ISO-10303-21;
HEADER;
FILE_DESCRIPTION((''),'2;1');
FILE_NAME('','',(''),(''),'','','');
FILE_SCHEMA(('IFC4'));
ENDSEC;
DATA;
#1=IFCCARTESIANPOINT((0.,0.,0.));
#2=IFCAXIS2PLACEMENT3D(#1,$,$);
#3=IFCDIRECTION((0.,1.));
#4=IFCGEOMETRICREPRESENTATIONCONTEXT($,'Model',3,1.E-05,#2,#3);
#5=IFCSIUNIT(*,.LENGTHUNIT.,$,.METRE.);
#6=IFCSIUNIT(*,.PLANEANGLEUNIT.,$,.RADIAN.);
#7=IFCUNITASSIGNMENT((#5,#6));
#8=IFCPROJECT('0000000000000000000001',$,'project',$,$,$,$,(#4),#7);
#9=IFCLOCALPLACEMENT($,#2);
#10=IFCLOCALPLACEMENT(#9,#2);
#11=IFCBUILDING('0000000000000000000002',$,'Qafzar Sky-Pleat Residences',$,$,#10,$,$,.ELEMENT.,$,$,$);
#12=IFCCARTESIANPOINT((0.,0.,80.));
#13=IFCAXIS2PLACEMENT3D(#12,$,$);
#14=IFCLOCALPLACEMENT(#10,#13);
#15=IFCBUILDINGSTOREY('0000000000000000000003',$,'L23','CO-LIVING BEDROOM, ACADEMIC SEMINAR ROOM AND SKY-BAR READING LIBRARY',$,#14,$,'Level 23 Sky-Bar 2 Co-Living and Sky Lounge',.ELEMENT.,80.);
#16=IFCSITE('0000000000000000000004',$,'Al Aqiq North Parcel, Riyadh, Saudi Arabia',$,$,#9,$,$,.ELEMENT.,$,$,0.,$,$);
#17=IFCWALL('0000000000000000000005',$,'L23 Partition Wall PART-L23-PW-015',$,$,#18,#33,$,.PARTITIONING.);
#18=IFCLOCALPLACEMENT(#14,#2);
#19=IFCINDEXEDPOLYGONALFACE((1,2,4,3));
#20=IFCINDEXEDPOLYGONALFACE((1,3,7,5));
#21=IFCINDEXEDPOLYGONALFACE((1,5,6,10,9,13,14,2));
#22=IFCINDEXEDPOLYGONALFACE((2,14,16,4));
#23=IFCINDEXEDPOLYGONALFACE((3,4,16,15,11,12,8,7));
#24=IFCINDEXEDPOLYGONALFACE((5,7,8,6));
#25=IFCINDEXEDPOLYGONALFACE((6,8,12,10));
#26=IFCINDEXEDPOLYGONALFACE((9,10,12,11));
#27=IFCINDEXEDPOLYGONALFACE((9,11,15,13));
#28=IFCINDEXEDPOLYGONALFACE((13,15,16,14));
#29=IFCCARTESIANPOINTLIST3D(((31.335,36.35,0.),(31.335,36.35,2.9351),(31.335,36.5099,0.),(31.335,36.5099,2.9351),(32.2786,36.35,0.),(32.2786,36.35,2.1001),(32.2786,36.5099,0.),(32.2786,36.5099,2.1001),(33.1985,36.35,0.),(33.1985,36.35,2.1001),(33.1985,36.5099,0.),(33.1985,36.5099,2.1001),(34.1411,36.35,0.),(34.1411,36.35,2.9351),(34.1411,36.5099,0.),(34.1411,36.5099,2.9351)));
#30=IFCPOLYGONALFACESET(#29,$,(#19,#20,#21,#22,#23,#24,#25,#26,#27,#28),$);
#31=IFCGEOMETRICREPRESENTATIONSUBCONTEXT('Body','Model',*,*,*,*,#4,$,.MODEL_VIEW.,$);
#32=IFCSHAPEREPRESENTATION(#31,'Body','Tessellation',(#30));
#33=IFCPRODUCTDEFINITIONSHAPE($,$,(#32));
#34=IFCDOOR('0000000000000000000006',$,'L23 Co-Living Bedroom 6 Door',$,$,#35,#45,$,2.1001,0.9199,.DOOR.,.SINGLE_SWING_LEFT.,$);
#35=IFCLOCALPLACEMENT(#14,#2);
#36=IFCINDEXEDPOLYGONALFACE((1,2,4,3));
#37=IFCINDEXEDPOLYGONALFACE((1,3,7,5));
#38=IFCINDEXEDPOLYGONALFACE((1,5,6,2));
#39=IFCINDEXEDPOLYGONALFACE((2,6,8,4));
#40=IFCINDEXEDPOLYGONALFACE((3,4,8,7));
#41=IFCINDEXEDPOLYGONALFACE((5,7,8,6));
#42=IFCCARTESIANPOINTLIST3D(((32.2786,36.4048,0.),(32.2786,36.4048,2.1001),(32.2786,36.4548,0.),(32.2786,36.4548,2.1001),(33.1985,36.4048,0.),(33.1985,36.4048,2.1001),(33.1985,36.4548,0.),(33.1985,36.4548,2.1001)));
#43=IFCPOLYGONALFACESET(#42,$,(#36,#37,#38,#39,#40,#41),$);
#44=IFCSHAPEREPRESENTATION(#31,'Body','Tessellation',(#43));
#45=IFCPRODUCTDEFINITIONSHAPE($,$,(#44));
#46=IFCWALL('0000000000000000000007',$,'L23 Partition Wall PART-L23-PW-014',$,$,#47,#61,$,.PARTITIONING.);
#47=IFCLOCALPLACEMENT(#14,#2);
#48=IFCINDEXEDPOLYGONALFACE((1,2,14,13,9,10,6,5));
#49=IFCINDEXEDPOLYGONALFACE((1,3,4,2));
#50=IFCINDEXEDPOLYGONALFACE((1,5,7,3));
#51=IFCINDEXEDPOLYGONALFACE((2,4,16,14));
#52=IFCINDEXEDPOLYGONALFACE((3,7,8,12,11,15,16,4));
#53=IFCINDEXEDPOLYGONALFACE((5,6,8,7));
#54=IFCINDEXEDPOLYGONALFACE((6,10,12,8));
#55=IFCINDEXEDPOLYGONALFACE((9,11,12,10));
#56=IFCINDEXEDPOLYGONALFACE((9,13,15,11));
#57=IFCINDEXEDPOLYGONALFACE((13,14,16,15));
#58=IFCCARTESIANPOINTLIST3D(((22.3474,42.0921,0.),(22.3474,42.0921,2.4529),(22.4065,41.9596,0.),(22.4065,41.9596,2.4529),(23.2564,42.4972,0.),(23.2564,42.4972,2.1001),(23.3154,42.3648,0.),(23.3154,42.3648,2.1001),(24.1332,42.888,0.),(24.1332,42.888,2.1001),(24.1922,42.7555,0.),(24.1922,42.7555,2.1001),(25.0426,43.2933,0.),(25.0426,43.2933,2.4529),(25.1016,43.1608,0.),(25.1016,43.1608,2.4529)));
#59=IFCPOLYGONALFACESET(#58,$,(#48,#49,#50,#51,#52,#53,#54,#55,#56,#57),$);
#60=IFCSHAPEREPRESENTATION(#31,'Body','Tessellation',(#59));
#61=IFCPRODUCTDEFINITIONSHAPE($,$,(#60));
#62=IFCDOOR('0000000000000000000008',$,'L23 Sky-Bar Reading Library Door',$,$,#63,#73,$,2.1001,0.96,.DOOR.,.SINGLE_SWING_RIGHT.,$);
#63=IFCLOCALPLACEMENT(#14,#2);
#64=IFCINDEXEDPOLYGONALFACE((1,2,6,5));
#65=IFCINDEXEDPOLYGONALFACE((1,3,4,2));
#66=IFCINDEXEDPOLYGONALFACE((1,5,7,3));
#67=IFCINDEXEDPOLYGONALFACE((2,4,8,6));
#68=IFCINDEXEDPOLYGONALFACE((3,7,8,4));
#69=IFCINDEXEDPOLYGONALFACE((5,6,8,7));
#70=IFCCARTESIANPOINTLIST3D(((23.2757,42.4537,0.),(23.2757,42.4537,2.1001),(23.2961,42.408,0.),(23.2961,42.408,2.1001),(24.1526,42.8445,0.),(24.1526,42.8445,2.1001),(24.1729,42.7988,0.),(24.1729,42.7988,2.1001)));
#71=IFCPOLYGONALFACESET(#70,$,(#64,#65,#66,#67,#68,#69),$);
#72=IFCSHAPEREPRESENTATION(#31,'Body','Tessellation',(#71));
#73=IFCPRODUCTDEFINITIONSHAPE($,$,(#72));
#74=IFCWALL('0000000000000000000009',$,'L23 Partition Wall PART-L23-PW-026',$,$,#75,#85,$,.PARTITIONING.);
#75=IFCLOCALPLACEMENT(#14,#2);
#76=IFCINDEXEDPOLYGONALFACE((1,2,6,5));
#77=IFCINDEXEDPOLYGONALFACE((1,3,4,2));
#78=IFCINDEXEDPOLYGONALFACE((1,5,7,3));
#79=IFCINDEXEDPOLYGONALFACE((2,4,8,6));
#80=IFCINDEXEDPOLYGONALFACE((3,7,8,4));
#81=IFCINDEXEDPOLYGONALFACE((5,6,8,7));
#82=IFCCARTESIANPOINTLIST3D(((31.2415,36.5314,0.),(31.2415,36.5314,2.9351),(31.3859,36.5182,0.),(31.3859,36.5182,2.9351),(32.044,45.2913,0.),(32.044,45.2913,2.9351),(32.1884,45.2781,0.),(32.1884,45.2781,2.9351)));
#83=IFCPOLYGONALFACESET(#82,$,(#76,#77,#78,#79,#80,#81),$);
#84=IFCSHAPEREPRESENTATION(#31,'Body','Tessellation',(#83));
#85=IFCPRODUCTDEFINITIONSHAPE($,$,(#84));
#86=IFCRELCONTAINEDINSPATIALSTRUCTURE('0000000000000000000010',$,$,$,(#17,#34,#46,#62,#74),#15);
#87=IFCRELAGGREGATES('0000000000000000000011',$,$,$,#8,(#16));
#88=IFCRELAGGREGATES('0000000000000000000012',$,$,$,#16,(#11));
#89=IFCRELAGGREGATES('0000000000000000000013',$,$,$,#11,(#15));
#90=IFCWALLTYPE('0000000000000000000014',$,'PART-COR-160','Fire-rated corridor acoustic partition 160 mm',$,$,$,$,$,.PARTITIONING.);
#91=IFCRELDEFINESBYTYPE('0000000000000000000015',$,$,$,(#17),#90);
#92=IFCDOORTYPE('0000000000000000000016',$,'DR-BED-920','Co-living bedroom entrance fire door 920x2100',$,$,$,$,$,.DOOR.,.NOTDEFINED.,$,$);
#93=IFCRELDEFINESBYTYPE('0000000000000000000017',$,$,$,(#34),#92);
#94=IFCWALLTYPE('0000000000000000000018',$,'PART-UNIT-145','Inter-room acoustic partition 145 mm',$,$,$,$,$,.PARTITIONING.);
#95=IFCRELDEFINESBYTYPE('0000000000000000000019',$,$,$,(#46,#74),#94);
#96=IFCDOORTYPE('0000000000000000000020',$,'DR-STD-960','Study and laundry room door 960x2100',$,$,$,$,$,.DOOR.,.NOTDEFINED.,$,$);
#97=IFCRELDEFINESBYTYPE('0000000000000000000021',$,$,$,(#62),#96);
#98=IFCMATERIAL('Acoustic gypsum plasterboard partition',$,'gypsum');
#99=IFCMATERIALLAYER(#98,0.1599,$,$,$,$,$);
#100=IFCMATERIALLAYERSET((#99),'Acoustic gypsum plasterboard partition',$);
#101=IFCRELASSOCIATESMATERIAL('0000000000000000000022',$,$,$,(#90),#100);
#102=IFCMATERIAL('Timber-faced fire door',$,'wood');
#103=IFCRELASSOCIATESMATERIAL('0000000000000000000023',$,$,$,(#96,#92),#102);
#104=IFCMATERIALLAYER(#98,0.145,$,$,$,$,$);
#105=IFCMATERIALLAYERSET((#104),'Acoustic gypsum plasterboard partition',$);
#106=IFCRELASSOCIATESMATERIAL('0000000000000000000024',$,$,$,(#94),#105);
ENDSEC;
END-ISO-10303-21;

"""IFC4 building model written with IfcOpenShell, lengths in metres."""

from ifc_helpers import new_model, si_unit, direction, frame, frame_2d, origin, place, context, subcontext, project, spatial, rectangle, extrude, source, transform, mapped, material, layer, layer_set, type_object, element, fill, save


model = new_model("IFC4")

# Units and contexts
model_context = context("Model", 3, precision=1e-05, world=origin(), true_north=direction((0.0, 1.0)))
body_context = subcontext(model_context, "Body", "Model", "MODEL_VIEW")
ifc_project = project(units=[si_unit("LENGTHUNIT", "METRE"), si_unit("PLANEANGLEUNIT", "RADIAN")], contexts=[model_context])

# Site, building, storey
site_placement = place(None, origin())
site = spatial("IfcSite", under=ifc_project, at=site_placement, Name="Al Aqiq North Parcel, Riyadh, Saudi Arabia", CompositionType="ELEMENT", RefElevation=0.0)
building_placement = place(site_placement, origin())
building = spatial("IfcBuilding", under=site, at=building_placement, Name="Qafzar Sky-Pleat Residences", CompositionType="ELEMENT")
storey_placement = place(building_placement, frame((0.0, 0.0, 80.0)))
storey = spatial("IfcBuildingStorey", under=building, at=storey_placement, Name="L23", Description="CO-LIVING BEDROOM, ACADEMIC SEMINAR ROOM AND SKY-BAR READING LIBRARY", LongName="Level 23 Sky-Bar 2 Co-Living and Sky Lounge", CompositionType="ELEMENT", Elevation=80.0)

# Walls, openings, doors
ifc_material_1 = material(Name="Acoustic gypsum plasterboard partition", Category="gypsum")
ifc_layer_1 = layer(ifc_material_1, 0.1599)
ifc_layer_set_1 = layer_set([ifc_layer_1], Name="Acoustic gypsum plasterboard partition")
wall_type_1 = type_object("IfcWallType", Name="PART-COR-160", Description="Fire-rated corridor acoustic partition 160 mm", PredefinedType="PARTITIONING", material=ifc_layer_set_1)
ifc_material_2 = material(Name="Timber-faced fire door", Category="wood")
door_type_1 = type_object("IfcDoorType", Name="DR-STD-960", Description="Study and laundry room door 960x2100", OperationType="NOTDEFINED", PredefinedType="DOOR", material=ifc_material_2)
shared_shape_1 = source(origin(), body_context, "Body", "SweptSolid", [
    extrude(rectangle(XDim=0.96, YDim=2.1001, at=frame_2d((0.48, 1.05))), frame((0.0, 0.0249, 0.0), z_axis=(0.0, -1.0, 0.0), x_axis=(1.0, 0.0, 0.0)), (0.0, 0.0, 1.0), 0.05),
])
wall_1_placement = place(storey_placement, frame((31.335, 36.4299, 0.0), z_axis=(0.0, 0.0, 1.0), x_axis=(1.0, 0.0, 0.0)))
wall_1 = element("IfcWall", 1, at=wall_1_placement, inside=storey, type_object=wall_type_1, Name="L23 Partition Wall PART-L23-PW-015", PredefinedType="PARTITIONING", context=body_context, shape_type="SweptSolid", body=[
    extrude(rectangle(XDim=2.8062, YDim=0.1599, at=frame_2d((1.4031, 0.0))), origin(), (0.0, 0.0, 1.0), 2.9351),
])
opening_1_placement = place(wall_1_placement, frame((0.9436, 0.0, 0.0)))
opening_1 = element("IfcOpeningElement", 2, at=opening_1_placement, cuts=wall_1, PredefinedType="OPENING", context=body_context, shape_type="SweptSolid", body=[
    extrude(rectangle(XDim=0.9199, YDim=2.1001, at=frame_2d((0.46, 1.05))), frame((0.0, 0.0898, 0.0), z_axis=(0.0, -1.0, 0.0), x_axis=(1.0, 0.0, 0.0)), (0.0, 0.0, 1.0), 0.1799),
])
door_type_2 = type_object("IfcDoorType", Name="DR-BED-920", Description="Co-living bedroom entrance fire door 920x2100", OperationType="NOTDEFINED", PredefinedType="DOOR", material=ifc_material_2)
shared_shape_2 = source(origin(), body_context, "Body", "SweptSolid", [
    extrude(rectangle(XDim=0.9199, YDim=2.1001, at=frame_2d((0.46, 1.05))), frame((0.0, 0.0249, 0.0), z_axis=(0.0, -1.0, 0.0), x_axis=(1.0, 0.0, 0.0)), (0.0, 0.0, 1.0), 0.05),
])
door_1_placement = place(opening_1_placement, origin())
door_1 = element("IfcDoor", 3, at=door_1_placement, inside=storey, type_object=door_type_2, Name="L23 Co-Living Bedroom 6 Door", OperationType="SINGLE_SWING_LEFT", OverallHeight=2.1001, OverallWidth=0.9199, PredefinedType="DOOR", context=body_context, shape_type="MappedRepresentation", body=[
    mapped(shared_shape_2, transform((0.0, 0.0, 0.0), x_axis=(1.0, 0.0, 0.0), y_axis=(0.0, 1.0, 0.0), z_axis=(0.0, 0.0, 1.0), scale=1.0)),
])
fill(opening_1, door_1)
ifc_layer_2 = layer(ifc_material_1, 0.145)
ifc_layer_set_2 = layer_set([ifc_layer_2], Name="Acoustic gypsum plasterboard partition")
wall_type_2 = type_object("IfcWallType", Name="PART-UNIT-145", Description="Inter-room acoustic partition 145 mm", PredefinedType="PARTITIONING", material=ifc_layer_set_2)
wall_2_placement = place(storey_placement, frame((22.377, 42.0259, 0.0), z_axis=(0.0, 0.0, 1.0), x_axis=(0.913388, 0.40709, 0.0)))
wall_2 = element("IfcWall", 4, at=wall_2_placement, inside=storey, type_object=wall_type_2, Name="L23 Partition Wall PART-L23-PW-014", PredefinedType="PARTITIONING", context=body_context, shape_type="SweptSolid", body=[
    extrude(rectangle(XDim=2.9507, YDim=0.145, at=frame_2d((1.4753, 0.0))), origin(), (0.0, 0.0, 1.0), 2.4529),
])
opening_2_placement = place(wall_2_placement, frame((0.9951, 0.0, 0.0)))
opening_2 = element("IfcOpeningElement", 5, at=opening_2_placement, cuts=wall_2, PredefinedType="OPENING", context=body_context, shape_type="SweptSolid", body=[
    extrude(rectangle(XDim=0.96, YDim=2.1001, at=frame_2d((0.48, 1.05))), frame((0.0, 0.0825, 0.0), z_axis=(0.0, -1.0, 0.0), x_axis=(1.0, 0.0, 0.0)), (0.0, 0.0, 1.0), 0.165),
])
door_2_placement = place(opening_2_placement, origin())
door_2 = element("IfcDoor", 6, at=door_2_placement, inside=storey, type_object=door_type_1, Name="L23 Sky-Bar Reading Library Door", OperationType="SINGLE_SWING_RIGHT", OverallHeight=2.1001, OverallWidth=0.96, PredefinedType="DOOR", context=body_context, shape_type="MappedRepresentation", body=[
    mapped(shared_shape_1, transform((0.0, 0.0, 0.0), x_axis=(1.0, 0.0, 0.0), y_axis=(0.0, 1.0, 0.0), z_axis=(0.0, 0.0, 1.0), scale=1.0)),
])
fill(opening_2, door_2)

# Wall
wall_3_placement = place(storey_placement, frame((31.3137, 36.5247, 0.0), z_axis=(0.0, 0.0, 1.0), x_axis=(0.091226, 0.99583, 0.0)))
element("IfcWall", 7, at=wall_3_placement, inside=storey, type_object=wall_type_2, Name="L23 Partition Wall PART-L23-PW-026", PredefinedType="PARTITIONING", context=body_context, shape_type="SweptSolid", body=[
    extrude(rectangle(XDim=8.7966, YDim=0.145, at=frame_2d((4.3984, 0.0))), origin(), (0.0, 0.0, 1.0), 2.9351),
])

save(model, "model.ifc")
